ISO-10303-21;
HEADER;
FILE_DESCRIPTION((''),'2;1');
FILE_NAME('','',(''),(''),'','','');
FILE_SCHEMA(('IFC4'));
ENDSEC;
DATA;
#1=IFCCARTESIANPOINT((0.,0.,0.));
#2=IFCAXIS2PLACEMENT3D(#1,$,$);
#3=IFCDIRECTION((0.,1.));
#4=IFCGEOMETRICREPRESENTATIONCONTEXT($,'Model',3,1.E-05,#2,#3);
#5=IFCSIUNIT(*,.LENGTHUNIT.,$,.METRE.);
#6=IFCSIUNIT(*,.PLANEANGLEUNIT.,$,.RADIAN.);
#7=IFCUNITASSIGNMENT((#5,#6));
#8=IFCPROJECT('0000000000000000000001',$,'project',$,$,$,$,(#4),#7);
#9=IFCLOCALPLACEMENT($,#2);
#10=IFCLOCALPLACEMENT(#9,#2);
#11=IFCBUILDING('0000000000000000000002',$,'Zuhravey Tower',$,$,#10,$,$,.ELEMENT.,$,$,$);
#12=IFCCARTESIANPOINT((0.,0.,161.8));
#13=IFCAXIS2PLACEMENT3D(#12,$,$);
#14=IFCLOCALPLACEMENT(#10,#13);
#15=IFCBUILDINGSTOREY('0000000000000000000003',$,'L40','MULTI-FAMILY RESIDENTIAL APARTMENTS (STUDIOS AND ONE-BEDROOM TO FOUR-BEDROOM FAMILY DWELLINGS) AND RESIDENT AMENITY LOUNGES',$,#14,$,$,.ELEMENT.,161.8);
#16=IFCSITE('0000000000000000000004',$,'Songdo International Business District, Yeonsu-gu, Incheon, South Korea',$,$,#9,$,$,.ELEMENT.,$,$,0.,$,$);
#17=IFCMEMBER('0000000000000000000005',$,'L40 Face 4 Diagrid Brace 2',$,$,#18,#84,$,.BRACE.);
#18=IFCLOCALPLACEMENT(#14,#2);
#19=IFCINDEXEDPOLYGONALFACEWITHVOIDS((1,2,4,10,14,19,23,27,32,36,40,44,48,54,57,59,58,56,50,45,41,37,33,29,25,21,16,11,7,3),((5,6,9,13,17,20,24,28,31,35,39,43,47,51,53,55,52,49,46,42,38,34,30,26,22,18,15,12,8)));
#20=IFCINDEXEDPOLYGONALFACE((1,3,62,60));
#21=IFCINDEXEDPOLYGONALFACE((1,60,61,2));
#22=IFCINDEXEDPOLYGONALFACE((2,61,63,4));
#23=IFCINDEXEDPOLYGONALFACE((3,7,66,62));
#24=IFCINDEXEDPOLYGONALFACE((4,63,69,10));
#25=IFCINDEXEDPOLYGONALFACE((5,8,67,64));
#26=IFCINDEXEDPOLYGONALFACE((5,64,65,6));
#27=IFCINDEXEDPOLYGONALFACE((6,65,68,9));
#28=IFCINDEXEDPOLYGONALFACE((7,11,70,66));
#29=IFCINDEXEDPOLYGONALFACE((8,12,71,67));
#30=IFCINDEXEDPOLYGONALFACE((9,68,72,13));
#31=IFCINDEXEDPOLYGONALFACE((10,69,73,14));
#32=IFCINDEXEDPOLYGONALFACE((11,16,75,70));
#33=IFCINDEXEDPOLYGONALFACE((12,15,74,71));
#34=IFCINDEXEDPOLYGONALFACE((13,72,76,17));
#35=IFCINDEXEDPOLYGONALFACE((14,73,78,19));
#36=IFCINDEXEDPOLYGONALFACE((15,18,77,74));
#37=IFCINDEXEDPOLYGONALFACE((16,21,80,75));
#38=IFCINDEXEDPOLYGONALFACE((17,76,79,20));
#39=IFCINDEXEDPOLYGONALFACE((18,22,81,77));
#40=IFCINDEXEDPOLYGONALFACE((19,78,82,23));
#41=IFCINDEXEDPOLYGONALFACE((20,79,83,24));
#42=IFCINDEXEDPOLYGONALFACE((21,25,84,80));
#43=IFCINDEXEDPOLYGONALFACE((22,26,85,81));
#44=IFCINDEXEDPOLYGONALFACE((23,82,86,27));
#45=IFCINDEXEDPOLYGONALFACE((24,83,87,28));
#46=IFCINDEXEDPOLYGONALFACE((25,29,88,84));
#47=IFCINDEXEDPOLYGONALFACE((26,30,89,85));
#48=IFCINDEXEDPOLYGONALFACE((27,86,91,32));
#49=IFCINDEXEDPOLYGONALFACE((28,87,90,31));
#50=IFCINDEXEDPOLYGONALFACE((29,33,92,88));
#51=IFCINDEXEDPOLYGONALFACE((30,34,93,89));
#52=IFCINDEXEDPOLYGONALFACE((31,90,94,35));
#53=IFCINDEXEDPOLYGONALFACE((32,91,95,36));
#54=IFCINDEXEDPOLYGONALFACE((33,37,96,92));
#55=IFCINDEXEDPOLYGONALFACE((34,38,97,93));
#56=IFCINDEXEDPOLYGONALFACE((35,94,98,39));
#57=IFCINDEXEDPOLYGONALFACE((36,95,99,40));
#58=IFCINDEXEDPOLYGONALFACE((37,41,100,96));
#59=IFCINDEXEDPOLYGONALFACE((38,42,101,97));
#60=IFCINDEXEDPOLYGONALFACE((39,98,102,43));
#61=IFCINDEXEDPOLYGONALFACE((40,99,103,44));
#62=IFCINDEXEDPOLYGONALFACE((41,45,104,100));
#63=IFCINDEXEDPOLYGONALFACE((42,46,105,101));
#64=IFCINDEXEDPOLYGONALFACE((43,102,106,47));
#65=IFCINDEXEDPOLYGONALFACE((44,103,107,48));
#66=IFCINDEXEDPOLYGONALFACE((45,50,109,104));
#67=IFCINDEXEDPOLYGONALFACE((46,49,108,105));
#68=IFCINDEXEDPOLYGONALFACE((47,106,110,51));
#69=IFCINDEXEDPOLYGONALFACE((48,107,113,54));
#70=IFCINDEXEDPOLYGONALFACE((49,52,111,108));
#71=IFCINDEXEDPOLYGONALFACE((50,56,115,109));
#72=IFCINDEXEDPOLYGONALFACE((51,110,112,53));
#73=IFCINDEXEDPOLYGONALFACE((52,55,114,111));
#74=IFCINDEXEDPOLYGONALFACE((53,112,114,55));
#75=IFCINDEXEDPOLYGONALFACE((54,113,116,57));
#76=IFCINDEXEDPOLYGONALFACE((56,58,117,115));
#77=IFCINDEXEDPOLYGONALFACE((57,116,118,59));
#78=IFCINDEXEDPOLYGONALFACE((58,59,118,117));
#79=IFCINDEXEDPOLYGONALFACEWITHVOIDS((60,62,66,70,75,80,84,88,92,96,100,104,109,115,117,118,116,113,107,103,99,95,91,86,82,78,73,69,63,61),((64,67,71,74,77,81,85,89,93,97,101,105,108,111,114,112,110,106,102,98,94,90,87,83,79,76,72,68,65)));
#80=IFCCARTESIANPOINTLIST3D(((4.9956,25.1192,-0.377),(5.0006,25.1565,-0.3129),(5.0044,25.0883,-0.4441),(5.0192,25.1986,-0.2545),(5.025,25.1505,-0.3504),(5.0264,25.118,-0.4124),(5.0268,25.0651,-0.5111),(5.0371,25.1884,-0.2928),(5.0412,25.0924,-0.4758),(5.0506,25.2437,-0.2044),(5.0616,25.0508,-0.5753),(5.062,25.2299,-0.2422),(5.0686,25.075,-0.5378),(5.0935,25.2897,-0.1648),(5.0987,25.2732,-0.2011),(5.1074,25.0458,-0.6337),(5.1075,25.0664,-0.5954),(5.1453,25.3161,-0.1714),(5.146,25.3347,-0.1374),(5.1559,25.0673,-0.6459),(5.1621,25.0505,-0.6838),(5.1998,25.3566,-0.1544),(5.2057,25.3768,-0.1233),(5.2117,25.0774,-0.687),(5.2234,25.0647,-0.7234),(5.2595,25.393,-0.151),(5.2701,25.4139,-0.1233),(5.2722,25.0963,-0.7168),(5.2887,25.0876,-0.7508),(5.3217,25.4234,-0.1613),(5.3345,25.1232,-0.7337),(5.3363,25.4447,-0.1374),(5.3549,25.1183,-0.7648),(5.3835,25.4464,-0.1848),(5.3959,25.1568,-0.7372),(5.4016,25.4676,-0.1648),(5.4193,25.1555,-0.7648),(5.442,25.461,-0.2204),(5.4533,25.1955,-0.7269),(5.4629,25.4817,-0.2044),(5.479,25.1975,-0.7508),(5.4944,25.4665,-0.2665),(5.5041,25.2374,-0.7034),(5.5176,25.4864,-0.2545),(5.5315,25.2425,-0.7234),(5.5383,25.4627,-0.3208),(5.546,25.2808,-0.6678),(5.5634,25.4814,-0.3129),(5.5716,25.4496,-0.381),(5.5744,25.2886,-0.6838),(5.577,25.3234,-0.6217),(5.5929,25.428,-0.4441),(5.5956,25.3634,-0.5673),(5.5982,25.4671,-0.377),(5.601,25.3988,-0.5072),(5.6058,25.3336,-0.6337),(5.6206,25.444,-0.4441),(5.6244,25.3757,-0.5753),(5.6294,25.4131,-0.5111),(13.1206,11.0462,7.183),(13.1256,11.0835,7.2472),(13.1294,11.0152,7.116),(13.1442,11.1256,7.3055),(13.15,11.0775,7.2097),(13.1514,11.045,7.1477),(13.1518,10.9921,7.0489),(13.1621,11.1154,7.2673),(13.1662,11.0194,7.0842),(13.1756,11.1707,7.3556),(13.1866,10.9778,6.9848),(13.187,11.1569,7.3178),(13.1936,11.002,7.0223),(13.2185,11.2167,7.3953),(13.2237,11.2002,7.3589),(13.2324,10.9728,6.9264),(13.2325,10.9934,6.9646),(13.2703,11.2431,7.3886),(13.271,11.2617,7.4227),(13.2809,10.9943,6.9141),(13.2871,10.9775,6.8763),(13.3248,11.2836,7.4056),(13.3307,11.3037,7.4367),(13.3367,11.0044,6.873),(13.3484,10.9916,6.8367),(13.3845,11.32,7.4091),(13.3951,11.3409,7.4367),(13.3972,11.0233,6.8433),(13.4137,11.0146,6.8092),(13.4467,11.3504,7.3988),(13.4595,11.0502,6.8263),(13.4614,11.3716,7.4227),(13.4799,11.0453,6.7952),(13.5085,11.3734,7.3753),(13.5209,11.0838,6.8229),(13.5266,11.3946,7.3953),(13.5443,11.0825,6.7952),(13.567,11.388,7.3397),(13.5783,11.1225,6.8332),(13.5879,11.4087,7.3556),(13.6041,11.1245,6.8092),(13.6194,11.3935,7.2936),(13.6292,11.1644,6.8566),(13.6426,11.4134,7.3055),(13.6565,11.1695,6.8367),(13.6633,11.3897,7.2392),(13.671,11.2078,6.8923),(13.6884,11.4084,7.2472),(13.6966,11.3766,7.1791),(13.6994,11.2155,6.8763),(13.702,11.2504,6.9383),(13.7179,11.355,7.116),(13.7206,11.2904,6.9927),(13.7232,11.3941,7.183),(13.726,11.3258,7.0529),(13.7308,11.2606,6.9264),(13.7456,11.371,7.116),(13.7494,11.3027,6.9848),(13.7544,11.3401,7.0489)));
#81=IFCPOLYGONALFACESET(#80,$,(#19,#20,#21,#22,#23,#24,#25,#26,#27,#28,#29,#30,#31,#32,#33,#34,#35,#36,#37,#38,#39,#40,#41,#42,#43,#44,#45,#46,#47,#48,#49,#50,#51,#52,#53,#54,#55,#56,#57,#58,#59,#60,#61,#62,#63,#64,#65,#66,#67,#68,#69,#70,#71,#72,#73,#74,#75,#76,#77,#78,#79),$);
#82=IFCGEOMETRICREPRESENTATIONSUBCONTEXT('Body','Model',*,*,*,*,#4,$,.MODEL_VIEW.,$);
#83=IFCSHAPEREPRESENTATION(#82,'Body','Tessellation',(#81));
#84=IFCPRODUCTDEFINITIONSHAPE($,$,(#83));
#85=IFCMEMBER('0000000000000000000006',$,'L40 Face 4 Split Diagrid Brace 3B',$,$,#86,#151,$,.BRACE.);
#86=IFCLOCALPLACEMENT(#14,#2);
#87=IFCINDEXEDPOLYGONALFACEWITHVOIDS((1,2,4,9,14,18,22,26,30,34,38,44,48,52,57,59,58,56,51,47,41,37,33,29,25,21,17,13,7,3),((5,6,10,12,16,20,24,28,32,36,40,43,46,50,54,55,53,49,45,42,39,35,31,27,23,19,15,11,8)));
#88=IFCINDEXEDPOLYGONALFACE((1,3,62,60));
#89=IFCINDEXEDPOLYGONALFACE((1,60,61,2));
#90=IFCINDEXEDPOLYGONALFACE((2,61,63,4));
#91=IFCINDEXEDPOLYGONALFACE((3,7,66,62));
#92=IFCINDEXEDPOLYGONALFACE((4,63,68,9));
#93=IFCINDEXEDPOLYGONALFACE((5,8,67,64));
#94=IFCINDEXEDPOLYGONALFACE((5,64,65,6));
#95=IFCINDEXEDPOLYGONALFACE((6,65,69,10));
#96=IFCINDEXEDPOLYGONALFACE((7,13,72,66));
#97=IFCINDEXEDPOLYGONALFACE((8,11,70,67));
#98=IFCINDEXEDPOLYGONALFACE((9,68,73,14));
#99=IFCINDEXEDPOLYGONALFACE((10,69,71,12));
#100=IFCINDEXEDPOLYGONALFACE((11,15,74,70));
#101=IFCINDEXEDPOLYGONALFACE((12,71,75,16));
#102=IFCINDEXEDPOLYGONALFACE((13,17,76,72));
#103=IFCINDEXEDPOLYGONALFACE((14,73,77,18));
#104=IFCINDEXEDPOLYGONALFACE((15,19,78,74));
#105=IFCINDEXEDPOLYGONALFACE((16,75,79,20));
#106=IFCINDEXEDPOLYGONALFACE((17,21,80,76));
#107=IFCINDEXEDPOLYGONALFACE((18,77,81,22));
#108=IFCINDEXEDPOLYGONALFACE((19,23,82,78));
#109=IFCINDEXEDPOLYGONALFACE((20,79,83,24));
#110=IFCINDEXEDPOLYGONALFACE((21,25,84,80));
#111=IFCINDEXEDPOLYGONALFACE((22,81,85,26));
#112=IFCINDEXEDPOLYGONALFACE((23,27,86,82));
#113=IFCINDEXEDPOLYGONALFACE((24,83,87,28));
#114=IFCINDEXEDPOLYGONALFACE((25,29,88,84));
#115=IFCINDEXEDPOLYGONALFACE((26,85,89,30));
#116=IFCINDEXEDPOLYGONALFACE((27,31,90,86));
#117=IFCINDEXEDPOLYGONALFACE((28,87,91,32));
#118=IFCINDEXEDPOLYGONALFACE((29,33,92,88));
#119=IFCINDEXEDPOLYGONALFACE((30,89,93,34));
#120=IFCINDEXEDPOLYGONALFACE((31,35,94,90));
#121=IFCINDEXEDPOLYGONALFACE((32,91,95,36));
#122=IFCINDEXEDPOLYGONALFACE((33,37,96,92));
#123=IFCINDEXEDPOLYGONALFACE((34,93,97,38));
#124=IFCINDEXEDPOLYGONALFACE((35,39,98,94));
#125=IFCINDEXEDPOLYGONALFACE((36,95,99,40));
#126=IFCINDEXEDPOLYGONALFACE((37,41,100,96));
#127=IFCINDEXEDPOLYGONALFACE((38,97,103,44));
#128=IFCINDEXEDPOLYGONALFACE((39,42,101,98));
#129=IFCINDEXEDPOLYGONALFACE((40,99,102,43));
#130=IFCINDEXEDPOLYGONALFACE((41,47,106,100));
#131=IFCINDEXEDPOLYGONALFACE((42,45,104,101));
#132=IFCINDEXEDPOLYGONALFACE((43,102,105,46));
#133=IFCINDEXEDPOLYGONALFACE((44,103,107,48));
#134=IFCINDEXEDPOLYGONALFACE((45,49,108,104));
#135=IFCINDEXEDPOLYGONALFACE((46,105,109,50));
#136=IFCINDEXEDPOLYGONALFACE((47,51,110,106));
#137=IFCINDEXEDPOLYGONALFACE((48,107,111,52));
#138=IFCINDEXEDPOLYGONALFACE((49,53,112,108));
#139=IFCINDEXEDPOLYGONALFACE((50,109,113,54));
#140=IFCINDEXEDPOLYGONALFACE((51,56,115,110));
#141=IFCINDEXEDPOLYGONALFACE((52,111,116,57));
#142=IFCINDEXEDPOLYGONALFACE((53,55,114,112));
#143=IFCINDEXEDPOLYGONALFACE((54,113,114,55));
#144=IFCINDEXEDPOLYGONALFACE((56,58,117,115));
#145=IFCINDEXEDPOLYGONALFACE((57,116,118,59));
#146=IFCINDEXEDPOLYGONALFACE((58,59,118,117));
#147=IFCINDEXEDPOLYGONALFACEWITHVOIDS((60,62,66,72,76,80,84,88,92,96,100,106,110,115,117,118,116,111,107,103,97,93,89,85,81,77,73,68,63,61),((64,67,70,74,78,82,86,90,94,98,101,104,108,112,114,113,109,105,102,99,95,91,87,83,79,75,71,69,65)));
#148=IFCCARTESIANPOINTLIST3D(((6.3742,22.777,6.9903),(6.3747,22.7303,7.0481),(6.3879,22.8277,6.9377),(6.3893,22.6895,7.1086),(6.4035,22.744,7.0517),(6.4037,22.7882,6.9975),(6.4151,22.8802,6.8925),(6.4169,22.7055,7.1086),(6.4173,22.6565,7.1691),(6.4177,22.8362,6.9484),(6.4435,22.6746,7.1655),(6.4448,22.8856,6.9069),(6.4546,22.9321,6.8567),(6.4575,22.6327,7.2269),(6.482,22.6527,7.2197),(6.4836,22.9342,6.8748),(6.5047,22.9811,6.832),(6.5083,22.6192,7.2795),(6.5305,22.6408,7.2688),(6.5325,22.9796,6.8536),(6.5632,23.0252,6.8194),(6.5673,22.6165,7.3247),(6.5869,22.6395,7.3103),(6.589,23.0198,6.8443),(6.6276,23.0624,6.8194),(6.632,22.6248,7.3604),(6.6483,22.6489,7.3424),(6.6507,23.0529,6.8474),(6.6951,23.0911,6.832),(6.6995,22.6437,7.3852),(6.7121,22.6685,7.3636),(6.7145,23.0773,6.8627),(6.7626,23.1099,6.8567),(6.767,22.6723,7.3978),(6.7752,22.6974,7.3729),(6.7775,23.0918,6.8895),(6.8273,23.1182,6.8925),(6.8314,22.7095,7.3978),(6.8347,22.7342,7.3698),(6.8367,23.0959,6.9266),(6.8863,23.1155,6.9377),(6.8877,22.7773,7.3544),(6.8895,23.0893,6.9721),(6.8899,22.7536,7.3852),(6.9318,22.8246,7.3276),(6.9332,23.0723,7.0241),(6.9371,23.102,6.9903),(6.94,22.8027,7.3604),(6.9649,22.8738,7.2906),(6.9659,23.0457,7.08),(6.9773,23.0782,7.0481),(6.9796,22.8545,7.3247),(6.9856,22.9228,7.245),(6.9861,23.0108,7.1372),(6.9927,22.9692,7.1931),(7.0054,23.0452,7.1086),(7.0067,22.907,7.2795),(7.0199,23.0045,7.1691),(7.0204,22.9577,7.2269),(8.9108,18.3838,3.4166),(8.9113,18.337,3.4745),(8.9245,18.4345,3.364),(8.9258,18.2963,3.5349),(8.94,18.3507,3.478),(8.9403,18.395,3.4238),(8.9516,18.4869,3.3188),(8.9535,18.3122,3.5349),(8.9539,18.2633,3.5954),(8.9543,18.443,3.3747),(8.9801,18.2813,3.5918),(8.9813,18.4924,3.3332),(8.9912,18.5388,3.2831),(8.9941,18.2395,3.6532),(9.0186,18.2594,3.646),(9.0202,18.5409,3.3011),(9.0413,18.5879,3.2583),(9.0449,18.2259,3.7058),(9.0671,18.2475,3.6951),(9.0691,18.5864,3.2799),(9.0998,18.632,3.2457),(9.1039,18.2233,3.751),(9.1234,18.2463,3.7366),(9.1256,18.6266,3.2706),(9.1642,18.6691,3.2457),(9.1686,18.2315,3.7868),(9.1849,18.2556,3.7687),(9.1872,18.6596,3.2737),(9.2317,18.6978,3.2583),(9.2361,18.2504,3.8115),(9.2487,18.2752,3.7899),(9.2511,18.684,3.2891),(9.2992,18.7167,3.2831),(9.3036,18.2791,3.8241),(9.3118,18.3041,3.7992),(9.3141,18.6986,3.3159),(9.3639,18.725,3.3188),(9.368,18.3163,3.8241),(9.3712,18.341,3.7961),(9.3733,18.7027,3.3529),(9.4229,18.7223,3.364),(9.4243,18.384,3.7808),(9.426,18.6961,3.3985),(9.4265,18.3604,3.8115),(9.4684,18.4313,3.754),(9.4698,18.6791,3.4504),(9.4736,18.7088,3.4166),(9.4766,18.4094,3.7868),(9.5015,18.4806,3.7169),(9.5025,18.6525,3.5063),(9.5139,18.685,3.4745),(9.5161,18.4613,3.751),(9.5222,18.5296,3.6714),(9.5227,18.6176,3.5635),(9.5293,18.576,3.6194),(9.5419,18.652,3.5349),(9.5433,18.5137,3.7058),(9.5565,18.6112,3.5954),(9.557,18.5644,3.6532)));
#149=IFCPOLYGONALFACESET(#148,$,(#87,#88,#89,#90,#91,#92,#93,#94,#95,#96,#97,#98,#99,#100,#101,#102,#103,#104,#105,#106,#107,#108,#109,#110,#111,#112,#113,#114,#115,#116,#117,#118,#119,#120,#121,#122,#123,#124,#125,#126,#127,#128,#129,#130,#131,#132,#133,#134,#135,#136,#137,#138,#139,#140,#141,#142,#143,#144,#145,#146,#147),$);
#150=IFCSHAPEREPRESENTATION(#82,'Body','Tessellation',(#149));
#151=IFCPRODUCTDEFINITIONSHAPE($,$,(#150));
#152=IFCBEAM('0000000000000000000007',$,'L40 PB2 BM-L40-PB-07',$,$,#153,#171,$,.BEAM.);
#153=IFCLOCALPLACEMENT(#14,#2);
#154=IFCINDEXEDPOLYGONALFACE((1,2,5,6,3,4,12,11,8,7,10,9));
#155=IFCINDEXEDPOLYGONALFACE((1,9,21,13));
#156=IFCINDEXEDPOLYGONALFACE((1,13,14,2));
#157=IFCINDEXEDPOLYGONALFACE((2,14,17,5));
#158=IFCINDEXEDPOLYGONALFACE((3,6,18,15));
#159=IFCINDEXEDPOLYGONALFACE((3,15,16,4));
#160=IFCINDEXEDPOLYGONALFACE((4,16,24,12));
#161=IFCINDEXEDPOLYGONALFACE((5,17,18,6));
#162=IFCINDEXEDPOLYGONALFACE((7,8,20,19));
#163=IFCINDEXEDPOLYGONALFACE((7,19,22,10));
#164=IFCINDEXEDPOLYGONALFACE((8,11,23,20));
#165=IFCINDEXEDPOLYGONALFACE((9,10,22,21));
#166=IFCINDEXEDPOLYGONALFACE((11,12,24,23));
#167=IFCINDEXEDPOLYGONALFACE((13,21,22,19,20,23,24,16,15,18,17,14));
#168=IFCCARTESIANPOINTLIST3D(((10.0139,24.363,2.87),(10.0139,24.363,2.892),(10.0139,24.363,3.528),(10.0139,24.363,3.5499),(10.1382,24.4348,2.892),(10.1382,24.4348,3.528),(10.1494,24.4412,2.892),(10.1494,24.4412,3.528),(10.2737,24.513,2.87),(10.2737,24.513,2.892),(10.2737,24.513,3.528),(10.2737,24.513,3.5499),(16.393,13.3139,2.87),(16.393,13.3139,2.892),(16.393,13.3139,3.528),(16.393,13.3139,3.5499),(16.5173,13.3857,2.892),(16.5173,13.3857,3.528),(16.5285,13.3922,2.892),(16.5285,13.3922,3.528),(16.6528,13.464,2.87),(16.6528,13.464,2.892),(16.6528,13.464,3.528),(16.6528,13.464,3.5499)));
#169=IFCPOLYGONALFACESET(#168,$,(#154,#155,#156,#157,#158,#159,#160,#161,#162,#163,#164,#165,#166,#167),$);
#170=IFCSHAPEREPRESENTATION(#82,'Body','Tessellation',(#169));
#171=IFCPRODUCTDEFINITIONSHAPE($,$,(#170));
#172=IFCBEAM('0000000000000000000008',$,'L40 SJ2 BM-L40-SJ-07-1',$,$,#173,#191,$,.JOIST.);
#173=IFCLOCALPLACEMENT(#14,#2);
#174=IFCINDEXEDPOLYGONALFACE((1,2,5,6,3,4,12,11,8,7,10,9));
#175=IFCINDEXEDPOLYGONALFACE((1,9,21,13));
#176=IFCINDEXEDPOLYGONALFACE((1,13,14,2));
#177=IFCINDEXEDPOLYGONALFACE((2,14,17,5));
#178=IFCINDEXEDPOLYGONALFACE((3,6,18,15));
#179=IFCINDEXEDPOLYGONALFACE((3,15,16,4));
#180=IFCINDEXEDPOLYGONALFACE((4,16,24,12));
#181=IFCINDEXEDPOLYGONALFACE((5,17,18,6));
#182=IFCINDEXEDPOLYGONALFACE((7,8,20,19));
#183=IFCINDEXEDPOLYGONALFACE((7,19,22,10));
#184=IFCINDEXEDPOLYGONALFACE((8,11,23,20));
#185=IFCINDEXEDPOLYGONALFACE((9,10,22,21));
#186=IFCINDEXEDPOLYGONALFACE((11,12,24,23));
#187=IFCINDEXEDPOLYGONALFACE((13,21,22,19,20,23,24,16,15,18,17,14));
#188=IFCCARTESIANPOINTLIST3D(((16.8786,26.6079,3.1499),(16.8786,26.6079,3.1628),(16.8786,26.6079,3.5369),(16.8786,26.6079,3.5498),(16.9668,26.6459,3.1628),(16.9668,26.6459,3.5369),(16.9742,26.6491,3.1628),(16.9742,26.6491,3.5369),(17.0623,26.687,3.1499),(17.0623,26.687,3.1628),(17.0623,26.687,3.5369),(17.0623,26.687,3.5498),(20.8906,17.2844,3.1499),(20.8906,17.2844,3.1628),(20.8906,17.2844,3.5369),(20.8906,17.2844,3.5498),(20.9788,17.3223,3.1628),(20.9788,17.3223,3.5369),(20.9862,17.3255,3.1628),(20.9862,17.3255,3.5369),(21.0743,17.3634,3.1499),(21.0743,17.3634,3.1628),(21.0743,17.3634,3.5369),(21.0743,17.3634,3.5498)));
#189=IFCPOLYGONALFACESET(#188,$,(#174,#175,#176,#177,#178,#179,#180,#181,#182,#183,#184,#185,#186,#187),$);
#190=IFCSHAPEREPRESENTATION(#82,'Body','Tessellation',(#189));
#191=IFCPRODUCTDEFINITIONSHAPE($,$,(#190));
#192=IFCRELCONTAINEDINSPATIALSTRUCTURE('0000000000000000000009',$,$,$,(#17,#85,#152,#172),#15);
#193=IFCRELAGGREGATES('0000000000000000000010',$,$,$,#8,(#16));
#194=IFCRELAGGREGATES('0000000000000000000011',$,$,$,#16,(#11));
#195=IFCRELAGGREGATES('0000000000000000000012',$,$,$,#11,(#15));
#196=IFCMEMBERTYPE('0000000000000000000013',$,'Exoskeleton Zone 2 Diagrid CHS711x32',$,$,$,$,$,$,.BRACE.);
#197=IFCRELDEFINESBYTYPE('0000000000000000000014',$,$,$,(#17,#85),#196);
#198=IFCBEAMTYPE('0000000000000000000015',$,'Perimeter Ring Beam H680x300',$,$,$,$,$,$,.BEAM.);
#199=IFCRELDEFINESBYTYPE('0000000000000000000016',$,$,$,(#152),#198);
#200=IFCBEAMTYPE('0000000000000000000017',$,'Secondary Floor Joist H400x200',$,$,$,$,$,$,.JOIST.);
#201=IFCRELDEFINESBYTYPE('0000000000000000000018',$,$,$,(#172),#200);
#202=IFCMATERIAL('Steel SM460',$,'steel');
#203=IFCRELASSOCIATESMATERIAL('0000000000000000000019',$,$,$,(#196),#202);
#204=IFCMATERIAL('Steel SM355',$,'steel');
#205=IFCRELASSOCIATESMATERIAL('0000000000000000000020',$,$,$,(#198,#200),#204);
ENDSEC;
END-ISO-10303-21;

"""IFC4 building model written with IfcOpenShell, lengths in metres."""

from ifc_helpers import new_model, si_unit, direction, frame, origin, origin_2d, place, context, subcontext, project, spatial, hollow_circle, i_section, extrude, material, material_profile, profile_set, type_object, element, save


model = new_model("IFC4")

# Units and contexts
model_context = context("Model", 3, precision=1e-05, world=origin(), true_north=direction((0.0, 1.0)))
body_context = subcontext(model_context, "Body", "Model", "MODEL_VIEW")
ifc_project = project(units=[si_unit("LENGTHUNIT", "METRE"), si_unit("PLANEANGLEUNIT", "RADIAN")], contexts=[model_context])

# Site, building, storey
site_placement = place(None, origin())
site = spatial("IfcSite", under=ifc_project, at=site_placement, Name="Songdo International Business District, Yeonsu-gu, Incheon, South Korea", CompositionType="ELEMENT", RefElevation=0.0)
building_placement = place(site_placement, origin())
building = spatial("IfcBuilding", under=site, at=building_placement, Name="Zuhravey Tower", CompositionType="ELEMENT")
storey_placement = place(building_placement, frame((0.0, 0.0, 161.8)))
storey = spatial("IfcBuildingStorey", under=building, at=storey_placement, Name="L40", Description="MULTI-FAMILY RESIDENTIAL APARTMENTS (STUDIOS AND ONE-BEDROOM TO FOUR-BEDROOM FAMILY DWELLINGS) AND RESIDENT AMENITY LOUNGES", CompositionType="ELEMENT", Elevation=161.8)

# Members
ifc_material_1 = material(Name="Steel SM355", Category="steel")
ifc_material_2 = material(Name="Steel SM460", Category="steel")
ifc_material_profile_1 = material_profile(ifc_material_2, hollow_circle(Radius=0.3557, WallThickness=0.032, at=origin_2d()), Name="CHS-711.2x32")
ifc_profile_set_1 = profile_set([ifc_material_profile_1], Name="Steel SM460")
member_type_1 = type_object("IfcMemberType", Name="Exoskeleton Zone 2 Diagrid CHS711x32", PredefinedType="BRACE", material=ifc_profile_set_1)
member_1_placement = place(storey_placement, frame((5.3125, 25.2661, -0.4441), z_axis=(0.453338, -0.78521, 0.421817), x_axis=(0.866027, 0.499998, 0.0)))
element("IfcMember", 1, at=member_1_placement, inside=storey, type_object=member_type_1, Name="L40 Face 4 Diagrid Brace 2", PredefinedType="BRACE", context=body_context, shape_type="SweptSolid", body=[
    extrude(hollow_circle(Radius=0.3557, WallThickness=0.032, at=origin_2d()), origin(), (0.0, 0.0, 1.0), 17.9226),
])
member_2_placement = place(storey_placement, frame((9.2339, 18.4741, 3.5349), z_axis=(-0.408775, 0.70798, 0.575905), x_axis=(-0.866013, -0.500021, 0.0)))
element("IfcMember", 2, at=member_2_placement, inside=storey, type_object=member_type_1, Name="L40 Face 4 Split Diagrid Brace 3B", PredefinedType="BRACE", context=body_context, shape_type="SweptSolid", body=[
    extrude(hollow_circle(Radius=0.3557, WallThickness=0.032, at=origin_2d()), origin(), (0.0, 0.0, 1.0), 6.2053),
])

# Beams
ifc_material_profile_2 = material_profile(ifc_material_1, i_section(OverallWidth=0.3, OverallDepth=0.6799, WebThickness=0.0129, FlangeThickness=0.022, at=origin_2d()), Name="H-680x300x13x22")
ifc_profile_set_2 = profile_set([ifc_material_profile_2], Name="Steel SM355")
beam_type_1 = type_object("IfcBeamType", Name="Perimeter Ring Beam H680x300", PredefinedType="BEAM", material=ifc_profile_set_2)
beam_1_placement = place(storey_placement, frame((10.1438, 24.438, 3.21), z_axis=(0.499998, -0.866027, 0.0), x_axis=(0.866027, 0.499998, 0.0)))
element("IfcBeam", 3, at=beam_1_placement, inside=storey, type_object=beam_type_1, Name="L40 PB2 BM-L40-PB-07", PredefinedType="BEAM", context=body_context, shape_type="SweptSolid", body=[
    extrude(i_section(OverallWidth=0.3, OverallDepth=0.6799, WebThickness=0.0129, FlangeThickness=0.022, at=origin_2d()), origin(), (0.0, 0.0, 1.0), 12.7583),
])
ifc_material_profile_3 = material_profile(ifc_material_1, i_section(OverallWidth=0.2, OverallDepth=0.3999, WebThickness=0.0081, FlangeThickness=0.0129, at=origin_2d()), Name="H-400x200x8x13")
ifc_profile_set_3 = profile_set([ifc_material_profile_3], Name="Steel SM355")
beam_type_2 = type_object("IfcBeamType", Name="Secondary Floor Joist H400x200", PredefinedType="JOIST", material=ifc_profile_set_3)
beam_2_placement = place(storey_placement, frame((16.9705, 26.6475, 3.3499), z_axis=(0.395266, -0.918567, 0.0), x_axis=(0.918567, 0.395266, 0.0)))
element("IfcBeam", 4, at=beam_2_placement, inside=storey, type_object=beam_type_2, Name="L40 SJ2 BM-L40-SJ-07-1", PredefinedType="JOIST", context=body_context, shape_type="SweptSolid", body=[
    extrude(i_section(OverallWidth=0.2, OverallDepth=0.3999, WebThickness=0.0081, FlangeThickness=0.0129, at=origin_2d()), origin(), (0.0, 0.0, 1.0), 10.1501),
])

save(model, "model.ifc")
